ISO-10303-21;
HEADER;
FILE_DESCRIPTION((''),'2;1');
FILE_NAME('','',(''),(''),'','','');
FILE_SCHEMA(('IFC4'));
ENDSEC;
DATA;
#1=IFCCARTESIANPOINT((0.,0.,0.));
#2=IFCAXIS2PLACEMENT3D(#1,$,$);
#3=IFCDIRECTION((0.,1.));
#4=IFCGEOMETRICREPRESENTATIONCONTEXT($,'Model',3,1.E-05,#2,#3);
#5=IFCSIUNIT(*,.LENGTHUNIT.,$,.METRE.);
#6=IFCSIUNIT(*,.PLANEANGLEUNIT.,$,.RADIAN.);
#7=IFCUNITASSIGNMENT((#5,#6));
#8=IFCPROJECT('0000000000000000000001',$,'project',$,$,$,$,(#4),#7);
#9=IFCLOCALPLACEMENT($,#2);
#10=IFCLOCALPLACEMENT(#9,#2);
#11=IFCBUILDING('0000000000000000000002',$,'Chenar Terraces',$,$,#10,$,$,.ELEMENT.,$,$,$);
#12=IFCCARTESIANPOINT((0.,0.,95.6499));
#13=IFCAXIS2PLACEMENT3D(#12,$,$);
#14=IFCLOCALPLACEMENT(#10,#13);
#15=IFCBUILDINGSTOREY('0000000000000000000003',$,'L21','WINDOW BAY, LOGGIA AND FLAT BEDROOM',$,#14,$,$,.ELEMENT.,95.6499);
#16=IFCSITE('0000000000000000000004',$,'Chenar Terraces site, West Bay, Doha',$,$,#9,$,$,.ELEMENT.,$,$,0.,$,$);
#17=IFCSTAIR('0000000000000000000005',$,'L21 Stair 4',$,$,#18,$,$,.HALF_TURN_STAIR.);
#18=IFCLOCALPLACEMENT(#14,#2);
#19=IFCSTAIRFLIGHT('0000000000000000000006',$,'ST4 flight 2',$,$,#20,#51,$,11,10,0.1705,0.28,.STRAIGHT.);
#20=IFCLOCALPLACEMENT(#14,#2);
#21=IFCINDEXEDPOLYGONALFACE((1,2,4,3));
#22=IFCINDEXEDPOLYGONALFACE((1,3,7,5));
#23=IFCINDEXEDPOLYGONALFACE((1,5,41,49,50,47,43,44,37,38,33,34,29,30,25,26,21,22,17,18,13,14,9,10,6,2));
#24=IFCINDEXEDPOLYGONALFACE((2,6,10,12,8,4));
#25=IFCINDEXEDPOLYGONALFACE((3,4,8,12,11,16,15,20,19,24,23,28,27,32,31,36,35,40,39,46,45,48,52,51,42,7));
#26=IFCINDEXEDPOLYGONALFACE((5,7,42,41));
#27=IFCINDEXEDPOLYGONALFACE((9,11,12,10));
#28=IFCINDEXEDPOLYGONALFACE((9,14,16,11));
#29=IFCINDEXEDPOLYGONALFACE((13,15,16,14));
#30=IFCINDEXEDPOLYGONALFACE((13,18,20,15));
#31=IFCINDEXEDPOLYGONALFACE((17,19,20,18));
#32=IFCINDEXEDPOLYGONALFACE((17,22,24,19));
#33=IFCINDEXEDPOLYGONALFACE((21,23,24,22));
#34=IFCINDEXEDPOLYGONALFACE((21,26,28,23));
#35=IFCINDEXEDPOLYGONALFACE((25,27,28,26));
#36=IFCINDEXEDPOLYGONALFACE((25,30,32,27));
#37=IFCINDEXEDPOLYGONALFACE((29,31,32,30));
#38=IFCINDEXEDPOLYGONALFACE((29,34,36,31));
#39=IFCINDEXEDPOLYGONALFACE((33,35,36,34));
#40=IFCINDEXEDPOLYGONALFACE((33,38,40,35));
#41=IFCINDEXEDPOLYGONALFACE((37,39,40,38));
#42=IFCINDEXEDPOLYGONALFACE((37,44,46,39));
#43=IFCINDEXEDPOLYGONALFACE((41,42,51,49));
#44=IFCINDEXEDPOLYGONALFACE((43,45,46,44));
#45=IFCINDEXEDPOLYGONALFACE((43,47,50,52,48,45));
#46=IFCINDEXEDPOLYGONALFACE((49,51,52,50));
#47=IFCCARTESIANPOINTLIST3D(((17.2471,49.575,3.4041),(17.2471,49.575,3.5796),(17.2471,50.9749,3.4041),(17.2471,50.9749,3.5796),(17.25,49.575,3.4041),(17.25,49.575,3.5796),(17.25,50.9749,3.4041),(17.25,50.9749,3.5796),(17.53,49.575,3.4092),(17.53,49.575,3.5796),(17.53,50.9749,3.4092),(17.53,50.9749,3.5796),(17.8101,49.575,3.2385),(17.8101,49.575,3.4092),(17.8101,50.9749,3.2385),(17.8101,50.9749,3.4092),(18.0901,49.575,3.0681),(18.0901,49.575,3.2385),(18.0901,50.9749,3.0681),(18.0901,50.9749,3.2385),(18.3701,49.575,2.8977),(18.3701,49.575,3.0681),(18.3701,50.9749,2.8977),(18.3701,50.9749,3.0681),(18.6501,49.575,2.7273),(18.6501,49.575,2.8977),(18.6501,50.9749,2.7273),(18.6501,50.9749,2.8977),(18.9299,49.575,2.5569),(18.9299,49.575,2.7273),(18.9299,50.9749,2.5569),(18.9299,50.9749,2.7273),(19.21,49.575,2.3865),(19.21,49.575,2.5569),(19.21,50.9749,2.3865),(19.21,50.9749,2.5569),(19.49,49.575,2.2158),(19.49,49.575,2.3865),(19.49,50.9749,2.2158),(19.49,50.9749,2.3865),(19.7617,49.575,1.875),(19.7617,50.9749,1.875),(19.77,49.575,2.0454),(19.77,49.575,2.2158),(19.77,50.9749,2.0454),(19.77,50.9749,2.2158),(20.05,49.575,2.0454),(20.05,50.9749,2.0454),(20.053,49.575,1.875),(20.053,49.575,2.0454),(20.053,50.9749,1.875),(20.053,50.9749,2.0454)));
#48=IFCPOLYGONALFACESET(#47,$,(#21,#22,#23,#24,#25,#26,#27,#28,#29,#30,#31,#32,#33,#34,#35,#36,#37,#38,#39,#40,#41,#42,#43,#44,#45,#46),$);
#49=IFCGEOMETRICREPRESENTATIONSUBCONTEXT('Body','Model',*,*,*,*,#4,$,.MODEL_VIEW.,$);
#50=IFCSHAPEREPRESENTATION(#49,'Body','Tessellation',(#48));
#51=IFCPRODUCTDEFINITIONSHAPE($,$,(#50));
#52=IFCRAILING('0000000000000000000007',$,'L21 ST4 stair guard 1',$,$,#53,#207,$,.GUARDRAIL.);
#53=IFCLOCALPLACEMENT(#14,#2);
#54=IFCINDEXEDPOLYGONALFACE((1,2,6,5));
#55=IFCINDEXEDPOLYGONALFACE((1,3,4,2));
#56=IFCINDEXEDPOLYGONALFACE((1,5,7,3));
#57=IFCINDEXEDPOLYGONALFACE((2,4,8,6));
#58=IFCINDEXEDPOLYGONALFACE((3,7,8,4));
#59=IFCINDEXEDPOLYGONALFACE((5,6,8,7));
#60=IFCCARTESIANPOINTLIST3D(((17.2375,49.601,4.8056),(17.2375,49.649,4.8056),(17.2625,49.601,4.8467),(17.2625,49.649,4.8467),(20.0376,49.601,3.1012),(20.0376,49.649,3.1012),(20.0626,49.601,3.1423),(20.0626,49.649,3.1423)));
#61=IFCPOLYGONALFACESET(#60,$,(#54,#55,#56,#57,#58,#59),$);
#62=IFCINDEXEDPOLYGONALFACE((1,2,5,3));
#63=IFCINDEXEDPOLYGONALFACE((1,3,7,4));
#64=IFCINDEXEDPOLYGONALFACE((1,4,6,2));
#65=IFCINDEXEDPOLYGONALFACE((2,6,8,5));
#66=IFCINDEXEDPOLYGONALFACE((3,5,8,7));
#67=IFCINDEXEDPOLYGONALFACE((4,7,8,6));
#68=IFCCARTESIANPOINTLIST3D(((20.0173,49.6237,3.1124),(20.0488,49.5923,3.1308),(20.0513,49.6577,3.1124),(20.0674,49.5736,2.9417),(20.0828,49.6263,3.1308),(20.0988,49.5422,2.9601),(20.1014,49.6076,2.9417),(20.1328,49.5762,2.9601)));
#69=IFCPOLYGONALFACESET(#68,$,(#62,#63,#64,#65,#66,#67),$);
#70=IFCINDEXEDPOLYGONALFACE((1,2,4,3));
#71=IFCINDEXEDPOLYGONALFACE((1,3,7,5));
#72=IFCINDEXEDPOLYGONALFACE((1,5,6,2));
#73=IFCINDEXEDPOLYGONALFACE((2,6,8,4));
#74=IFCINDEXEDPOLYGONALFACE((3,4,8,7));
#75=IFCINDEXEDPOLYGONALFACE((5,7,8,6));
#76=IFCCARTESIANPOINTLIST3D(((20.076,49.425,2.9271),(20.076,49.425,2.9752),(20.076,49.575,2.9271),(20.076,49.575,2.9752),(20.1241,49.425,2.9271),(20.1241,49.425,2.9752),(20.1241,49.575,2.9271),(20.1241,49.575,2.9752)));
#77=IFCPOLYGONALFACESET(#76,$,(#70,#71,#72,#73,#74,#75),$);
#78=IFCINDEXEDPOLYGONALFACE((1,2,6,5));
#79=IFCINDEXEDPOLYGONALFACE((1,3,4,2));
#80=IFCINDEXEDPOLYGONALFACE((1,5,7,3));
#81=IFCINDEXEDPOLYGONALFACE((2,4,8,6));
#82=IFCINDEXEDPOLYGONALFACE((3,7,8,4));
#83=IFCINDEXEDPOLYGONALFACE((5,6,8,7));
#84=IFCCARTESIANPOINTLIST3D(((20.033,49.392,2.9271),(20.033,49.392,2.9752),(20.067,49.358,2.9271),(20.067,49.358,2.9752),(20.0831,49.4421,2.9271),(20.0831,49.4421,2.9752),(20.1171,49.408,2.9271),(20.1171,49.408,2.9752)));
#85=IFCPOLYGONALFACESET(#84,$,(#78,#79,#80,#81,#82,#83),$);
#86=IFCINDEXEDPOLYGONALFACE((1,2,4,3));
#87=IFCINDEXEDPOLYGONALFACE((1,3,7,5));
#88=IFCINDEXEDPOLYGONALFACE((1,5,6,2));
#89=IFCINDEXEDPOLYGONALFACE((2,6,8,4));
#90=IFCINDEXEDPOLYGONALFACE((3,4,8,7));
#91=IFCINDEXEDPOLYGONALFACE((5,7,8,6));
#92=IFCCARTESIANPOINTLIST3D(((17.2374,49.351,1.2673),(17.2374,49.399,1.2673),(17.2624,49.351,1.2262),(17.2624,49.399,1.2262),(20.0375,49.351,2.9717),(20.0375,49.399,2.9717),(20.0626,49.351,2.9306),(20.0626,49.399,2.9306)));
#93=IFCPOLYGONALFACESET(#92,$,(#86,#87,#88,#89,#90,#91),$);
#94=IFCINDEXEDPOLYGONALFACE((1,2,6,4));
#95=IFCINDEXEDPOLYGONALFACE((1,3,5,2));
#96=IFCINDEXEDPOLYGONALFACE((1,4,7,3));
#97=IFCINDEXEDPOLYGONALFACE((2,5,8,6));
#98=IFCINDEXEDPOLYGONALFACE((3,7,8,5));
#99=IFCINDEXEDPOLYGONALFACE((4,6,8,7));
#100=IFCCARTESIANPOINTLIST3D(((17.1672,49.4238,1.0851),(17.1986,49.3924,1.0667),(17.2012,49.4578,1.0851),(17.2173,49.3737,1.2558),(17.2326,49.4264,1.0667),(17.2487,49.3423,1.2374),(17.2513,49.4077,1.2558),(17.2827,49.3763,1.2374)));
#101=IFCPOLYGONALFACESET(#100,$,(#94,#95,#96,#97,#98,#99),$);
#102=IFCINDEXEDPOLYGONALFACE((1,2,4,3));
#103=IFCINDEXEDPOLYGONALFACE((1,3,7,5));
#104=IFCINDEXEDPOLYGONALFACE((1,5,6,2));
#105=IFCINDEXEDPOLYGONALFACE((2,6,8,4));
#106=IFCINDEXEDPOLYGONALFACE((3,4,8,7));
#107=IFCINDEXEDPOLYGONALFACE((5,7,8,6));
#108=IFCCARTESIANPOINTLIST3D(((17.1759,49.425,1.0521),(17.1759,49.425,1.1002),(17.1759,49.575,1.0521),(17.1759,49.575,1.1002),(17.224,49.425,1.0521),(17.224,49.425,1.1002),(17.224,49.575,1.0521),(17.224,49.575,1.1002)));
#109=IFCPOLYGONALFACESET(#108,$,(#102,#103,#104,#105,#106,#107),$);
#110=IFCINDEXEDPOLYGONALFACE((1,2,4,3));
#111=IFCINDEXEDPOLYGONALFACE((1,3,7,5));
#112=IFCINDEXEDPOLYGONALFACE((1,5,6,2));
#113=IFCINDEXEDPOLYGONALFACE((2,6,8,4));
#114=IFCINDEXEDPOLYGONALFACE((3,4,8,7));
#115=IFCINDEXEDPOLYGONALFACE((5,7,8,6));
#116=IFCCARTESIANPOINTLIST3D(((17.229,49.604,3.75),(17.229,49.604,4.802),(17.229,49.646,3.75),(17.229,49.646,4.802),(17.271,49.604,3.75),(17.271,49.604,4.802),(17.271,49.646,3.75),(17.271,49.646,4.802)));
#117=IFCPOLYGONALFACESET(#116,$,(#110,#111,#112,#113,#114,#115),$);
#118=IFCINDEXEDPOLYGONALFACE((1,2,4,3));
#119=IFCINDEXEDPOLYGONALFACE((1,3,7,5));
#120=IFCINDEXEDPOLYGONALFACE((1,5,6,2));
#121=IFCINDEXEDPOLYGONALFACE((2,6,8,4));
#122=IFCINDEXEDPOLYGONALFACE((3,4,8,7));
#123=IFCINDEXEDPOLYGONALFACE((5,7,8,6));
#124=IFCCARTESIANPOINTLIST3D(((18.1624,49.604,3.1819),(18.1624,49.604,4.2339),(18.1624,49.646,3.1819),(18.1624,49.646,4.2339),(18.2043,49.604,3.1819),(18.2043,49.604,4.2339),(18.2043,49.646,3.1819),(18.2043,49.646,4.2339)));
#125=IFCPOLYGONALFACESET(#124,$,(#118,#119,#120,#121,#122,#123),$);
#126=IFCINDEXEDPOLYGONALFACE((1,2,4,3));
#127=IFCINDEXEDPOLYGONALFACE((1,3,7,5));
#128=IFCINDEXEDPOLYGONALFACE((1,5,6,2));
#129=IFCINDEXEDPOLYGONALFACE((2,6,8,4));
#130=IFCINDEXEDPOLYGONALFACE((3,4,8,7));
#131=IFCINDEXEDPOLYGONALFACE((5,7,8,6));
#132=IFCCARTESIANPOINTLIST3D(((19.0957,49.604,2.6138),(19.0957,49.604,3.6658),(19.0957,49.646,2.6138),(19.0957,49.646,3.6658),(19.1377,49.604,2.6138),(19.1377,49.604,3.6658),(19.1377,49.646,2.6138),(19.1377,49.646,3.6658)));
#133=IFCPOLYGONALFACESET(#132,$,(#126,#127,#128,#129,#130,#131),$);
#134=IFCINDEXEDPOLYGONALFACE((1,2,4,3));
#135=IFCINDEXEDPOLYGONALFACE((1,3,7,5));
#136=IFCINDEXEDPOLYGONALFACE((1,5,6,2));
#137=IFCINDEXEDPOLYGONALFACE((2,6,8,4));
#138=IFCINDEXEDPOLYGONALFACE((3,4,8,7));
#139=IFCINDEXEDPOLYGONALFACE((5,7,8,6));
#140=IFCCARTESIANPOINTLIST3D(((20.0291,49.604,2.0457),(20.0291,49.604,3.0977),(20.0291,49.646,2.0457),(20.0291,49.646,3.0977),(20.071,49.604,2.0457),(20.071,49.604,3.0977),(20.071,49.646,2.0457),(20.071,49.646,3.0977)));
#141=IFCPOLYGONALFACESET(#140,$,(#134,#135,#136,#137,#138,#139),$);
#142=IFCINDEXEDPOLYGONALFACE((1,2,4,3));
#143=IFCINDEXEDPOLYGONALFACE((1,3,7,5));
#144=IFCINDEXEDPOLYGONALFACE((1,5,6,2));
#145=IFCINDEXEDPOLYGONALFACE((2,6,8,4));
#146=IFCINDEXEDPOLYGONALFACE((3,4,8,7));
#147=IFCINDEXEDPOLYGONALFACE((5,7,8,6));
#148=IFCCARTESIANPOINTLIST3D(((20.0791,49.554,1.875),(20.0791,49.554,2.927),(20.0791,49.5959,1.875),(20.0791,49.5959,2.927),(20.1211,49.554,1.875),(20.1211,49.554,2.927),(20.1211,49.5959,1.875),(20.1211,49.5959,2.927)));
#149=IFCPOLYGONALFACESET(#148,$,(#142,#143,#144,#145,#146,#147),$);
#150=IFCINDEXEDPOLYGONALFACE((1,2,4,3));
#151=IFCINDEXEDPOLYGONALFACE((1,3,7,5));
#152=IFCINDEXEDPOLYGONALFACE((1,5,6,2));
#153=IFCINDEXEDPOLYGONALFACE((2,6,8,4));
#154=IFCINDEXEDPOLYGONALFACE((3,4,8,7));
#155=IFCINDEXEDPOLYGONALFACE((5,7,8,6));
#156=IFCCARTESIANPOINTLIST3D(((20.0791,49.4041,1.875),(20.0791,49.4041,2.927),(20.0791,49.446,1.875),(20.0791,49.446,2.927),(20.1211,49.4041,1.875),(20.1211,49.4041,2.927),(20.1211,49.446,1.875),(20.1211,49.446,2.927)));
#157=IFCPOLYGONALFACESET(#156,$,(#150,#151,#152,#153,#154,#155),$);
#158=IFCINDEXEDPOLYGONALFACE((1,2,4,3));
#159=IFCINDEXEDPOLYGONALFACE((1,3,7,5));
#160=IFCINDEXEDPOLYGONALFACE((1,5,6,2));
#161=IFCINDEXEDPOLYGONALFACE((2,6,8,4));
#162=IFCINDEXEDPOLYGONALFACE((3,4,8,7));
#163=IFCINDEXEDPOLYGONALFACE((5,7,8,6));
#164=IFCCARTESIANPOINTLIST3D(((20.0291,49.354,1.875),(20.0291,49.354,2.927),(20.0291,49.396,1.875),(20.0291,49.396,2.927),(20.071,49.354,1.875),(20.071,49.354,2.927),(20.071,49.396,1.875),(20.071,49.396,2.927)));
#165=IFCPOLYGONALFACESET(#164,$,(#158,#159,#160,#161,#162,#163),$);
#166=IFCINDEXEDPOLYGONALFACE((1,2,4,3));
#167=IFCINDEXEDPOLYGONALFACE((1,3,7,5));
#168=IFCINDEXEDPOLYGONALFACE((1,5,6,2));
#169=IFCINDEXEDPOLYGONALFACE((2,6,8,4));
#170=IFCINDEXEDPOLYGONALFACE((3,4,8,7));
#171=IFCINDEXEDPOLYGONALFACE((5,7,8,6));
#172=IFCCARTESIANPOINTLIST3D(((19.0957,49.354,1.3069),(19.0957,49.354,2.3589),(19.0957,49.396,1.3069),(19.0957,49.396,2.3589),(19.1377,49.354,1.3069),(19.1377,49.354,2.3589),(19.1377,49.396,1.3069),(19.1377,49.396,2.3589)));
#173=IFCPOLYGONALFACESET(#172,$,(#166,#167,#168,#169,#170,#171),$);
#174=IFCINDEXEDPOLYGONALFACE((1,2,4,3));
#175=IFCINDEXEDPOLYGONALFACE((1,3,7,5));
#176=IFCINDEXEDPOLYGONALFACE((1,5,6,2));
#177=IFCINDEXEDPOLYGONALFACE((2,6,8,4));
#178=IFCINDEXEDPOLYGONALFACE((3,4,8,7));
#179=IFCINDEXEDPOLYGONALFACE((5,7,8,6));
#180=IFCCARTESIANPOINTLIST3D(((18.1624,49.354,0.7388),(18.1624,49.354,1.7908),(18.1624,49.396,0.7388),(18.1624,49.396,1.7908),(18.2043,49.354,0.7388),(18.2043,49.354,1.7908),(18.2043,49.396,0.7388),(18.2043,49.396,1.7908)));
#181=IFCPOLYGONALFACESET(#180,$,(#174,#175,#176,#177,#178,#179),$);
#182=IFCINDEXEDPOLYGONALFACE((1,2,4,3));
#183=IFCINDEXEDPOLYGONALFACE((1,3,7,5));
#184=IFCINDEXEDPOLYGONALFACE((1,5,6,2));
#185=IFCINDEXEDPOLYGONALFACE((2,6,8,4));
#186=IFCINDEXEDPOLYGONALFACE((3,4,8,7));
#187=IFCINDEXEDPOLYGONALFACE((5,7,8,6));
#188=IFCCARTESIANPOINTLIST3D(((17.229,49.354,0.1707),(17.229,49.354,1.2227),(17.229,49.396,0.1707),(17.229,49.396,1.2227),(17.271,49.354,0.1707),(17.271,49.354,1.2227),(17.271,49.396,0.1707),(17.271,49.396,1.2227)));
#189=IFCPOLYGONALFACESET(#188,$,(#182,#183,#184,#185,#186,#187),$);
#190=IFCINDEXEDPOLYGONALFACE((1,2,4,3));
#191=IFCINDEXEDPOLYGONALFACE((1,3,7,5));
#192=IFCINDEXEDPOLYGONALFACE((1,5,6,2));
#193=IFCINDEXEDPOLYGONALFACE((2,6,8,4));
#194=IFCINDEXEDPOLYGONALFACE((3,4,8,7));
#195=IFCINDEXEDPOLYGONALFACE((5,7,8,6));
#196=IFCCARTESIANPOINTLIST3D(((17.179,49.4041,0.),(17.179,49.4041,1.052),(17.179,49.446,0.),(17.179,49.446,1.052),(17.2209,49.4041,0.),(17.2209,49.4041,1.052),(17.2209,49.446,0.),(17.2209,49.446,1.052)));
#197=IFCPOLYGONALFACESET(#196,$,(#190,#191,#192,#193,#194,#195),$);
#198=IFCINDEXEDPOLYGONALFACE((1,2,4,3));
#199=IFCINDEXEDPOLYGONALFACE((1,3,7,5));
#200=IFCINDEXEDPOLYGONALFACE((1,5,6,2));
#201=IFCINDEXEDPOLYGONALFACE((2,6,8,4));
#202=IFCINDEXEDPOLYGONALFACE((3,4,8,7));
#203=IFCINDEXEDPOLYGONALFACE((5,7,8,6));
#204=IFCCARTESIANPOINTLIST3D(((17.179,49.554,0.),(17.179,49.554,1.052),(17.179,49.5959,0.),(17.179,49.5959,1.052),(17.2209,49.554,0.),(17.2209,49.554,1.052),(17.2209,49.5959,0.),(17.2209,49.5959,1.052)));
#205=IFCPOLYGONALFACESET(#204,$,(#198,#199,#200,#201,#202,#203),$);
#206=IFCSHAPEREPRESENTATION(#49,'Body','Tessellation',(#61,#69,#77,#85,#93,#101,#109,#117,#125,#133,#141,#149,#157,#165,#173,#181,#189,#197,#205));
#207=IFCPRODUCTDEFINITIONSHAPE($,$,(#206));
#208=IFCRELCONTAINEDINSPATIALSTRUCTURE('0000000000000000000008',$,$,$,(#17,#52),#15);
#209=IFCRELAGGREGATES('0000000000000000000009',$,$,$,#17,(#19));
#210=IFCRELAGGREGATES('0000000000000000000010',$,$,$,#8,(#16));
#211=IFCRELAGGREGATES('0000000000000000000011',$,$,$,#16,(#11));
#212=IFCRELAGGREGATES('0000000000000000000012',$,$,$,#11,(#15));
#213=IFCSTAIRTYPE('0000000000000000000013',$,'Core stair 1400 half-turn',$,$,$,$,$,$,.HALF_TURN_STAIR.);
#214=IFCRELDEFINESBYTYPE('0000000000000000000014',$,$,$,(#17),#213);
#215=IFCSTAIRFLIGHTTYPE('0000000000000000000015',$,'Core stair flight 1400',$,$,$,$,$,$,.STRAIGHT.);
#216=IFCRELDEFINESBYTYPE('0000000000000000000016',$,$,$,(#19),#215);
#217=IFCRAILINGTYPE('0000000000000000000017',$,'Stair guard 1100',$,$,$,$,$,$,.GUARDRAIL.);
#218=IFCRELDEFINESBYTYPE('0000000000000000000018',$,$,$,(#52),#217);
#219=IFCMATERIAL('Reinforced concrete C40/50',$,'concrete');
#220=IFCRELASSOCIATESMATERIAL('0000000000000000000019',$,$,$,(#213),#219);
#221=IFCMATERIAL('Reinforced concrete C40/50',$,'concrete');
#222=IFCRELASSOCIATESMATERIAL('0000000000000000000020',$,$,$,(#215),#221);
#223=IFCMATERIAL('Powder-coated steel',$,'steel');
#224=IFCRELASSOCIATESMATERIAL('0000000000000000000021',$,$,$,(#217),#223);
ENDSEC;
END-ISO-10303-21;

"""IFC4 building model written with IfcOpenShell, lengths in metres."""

from ifc_helpers import new_model, si_unit, direction, frame, origin, origin_2d, place, context, subcontext, project, spatial, polyline, rectangle, outline, extrude, material, type_object, element, aggregate, save


model = new_model("IFC4")

# Units and contexts
model_context = context("Model", 3, precision=1e-05, world=origin(), true_north=direction((0.0, 1.0)))
body_context = subcontext(model_context, "Body", "Model", "MODEL_VIEW")
ifc_project = project(units=[si_unit("LENGTHUNIT", "METRE"), si_unit("PLANEANGLEUNIT", "RADIAN")], contexts=[model_context])

# Site, building, storey
site_placement = place(None, origin())
site = spatial("IfcSite", under=ifc_project, at=site_placement, Name="Chenar Terraces site, West Bay, Doha", CompositionType="ELEMENT", RefElevation=0.0)
building_placement = place(site_placement, origin())
building = spatial("IfcBuilding", under=site, at=building_placement, Name="Chenar Terraces", CompositionType="ELEMENT")
storey_placement = place(building_placement, frame((0.0, 0.0, 95.6499)))
storey = spatial("IfcBuildingStorey", under=building, at=storey_placement, Name="L21", Description="WINDOW BAY, LOGGIA AND FLAT BEDROOM", CompositionType="ELEMENT", Elevation=95.6499)

# Stair, stair flight
ifc_material_1 = material(Name="Reinforced concrete C40/50", Category="concrete")
stair_type = type_object("IfcStairType", Name="Core stair 1400 half-turn", PredefinedType="HALF_TURN_STAIR", material=ifc_material_1)
stair_placement = place(storey_placement, origin())
stair = element("IfcStair", 1, at=stair_placement, inside=storey, type_object=stair_type, Name="L21 Stair 4", PredefinedType="HALF_TURN_STAIR")
ifc_material_2 = material(Name="Reinforced concrete C40/50", Category="concrete")
stair_flight_type = type_object("IfcStairFlightType", Name="Core stair flight 1400", PredefinedType="STRAIGHT", material=ifc_material_2)
stair_flight_placement = place(storey_placement, frame((20.05, 50.2749, 1.875), z_axis=(0.0, 0.0, 1.0), x_axis=(-1.0, 0.0, 0.0)))
stair_flight = element("IfcStairFlight", 2, at=stair_flight_placement, type_object=stair_flight_type, Name="ST4 flight 2", NumberOfRisers=11, NumberOfTreads=10, PredefinedType="STRAIGHT", RiserHeight=0.1705, TreadLength=0.28, context=body_context, shape_type="SweptSolid", body=[
    extrude(outline(polyline([(-0.0029, 0.0), (-0.0029, 0.1704), (0.0, 0.1704), (0.28, 0.1704), (0.28, 0.3408), (0.5601, 0.3408), (0.5601, 0.5115), (0.8401, 0.5115), (0.8401, 0.6819), (1.1201, 0.6819), (1.1201, 0.8523), (1.3999, 0.8523), (1.3999, 1.0227), (1.6799, 1.0227), (1.6799, 1.1931), (1.96, 1.1931), (1.96, 1.3635), (2.24, 1.3635), (2.24, 1.5342), (2.52, 1.5342), (2.52, 1.7046), (2.8, 1.7046), (2.803, 1.7046), (2.803, 1.5291), (2.8, 1.5291), (0.2883, 0.0), (-0.0029, 0.0)])), frame((0.0, 0.7, 0.0), z_axis=(0.0, -1.0, 0.0), x_axis=(1.0, 0.0, 0.0)), (0.0, 0.0, 1.0), 1.3999),
])
aggregate(stair, [stair_flight])

# Railing
ifc_material_3 = material(Name="Powder-coated steel", Category="steel")
railing_type_1 = type_object("IfcRailingType", Name="Stair guard 1100", PredefinedType="GUARDRAIL", material=ifc_material_3)
railing_1_placement = place(storey_placement, frame((17.25, 49.625, 3.75)))
element("IfcRailing", 3, at=railing_1_placement, inside=storey, type_object=railing_type_1, Name="L21 ST4 stair guard 1", PredefinedType="GUARDRAIL", context=body_context, shape_type="SweptSolid", body=[
    extrude(rectangle(XDim=0.0481, YDim=0.0481, at=origin_2d()), frame((0.0, 0.0, 1.0762), z_axis=(0.854203, 0.0, -0.51994), x_axis=(0.0, 1.0, 0.0)), (0.0, 0.0, 1.0), 3.2781),
    extrude(rectangle(XDim=0.0481, YDim=0.0481, at=origin_2d()), frame((2.8, 0.0, -0.6284), z_axis=(0.2709, -0.2709, -0.923703), x_axis=(0.707107, 0.707107, 0.0)), (0.0, 0.0, 1.0), 0.1848),
    extrude(rectangle(XDim=0.0481, YDim=0.0481, at=origin_2d()), frame((2.8501, -0.05, -0.7988), z_axis=(0.0, -1.0, 0.0), x_axis=(1.0, 0.0, 0.0)), (0.0, 0.0, 1.0), 0.1499),
    extrude(rectangle(XDim=0.0481, YDim=0.0481, at=origin_2d()), frame((2.8501, -0.2, -0.7988), z_axis=(-0.707107, -0.707107, 0.0), x_axis=(0.707107, -0.707107, 0.0)), (0.0, 0.0, 1.0), 0.0708),
    extrude(rectangle(XDim=0.0481, YDim=0.0481, at=origin_2d()), frame((2.8, -0.25, -0.7988), z_axis=(-0.854203, 0.0, -0.51994), x_axis=(0.0, -1.0, 0.0)), (0.0, 0.0, 1.0), 3.2781),
    extrude(rectangle(XDim=0.0481, YDim=0.0481, at=origin_2d()), frame((0.0, -0.25, -2.5034), z_axis=(-0.2709, 0.2709, -0.923703), x_axis=(-0.707107, -0.707107, 0.0)), (0.0, 0.0, 1.0), 0.1848),
    extrude(rectangle(XDim=0.0481, YDim=0.0481, at=origin_2d()), frame((-0.05, -0.2, -2.6738), z_axis=(0.0, 1.0, 0.0), x_axis=(-1.0, 0.0, 0.0)), (0.0, 0.0, 1.0), 0.1499),
    extrude(rectangle(XDim=0.042, YDim=0.042, at=origin_2d()), origin(), (0.0, 0.0, 1.0), 1.052),
    extrude(rectangle(XDim=0.042, YDim=0.042, at=origin_2d()), frame((0.9333, 0.0, -0.5681)), (0.0, 0.0, 1.0), 1.052),
    extrude(rectangle(XDim=0.042, YDim=0.042, at=origin_2d()), frame((1.8667, 0.0, -1.1362)), (0.0, 0.0, 1.0), 1.052),
    extrude(rectangle(XDim=0.042, YDim=0.042, at=origin_2d()), frame((2.8, 0.0, -1.7043)), (0.0, 0.0, 1.0), 1.052),
    extrude(rectangle(XDim=0.042, YDim=0.042, at=origin_2d()), frame((2.8501, -0.05, -1.875)), (0.0, 0.0, 1.0), 1.052),
    extrude(rectangle(XDim=0.042, YDim=0.042, at=origin_2d()), frame((2.8501, -0.2, -1.875)), (0.0, 0.0, 1.0), 1.052),
    extrude(rectangle(XDim=0.042, YDim=0.042, at=origin_2d()), frame((2.8, -0.25, -1.875)), (0.0, 0.0, 1.0), 1.052),
    extrude(rectangle(XDim=0.042, YDim=0.042, at=origin_2d()), frame((1.8667, -0.25, -2.4431)), (0.0, 0.0, 1.0), 1.052),
    extrude(rectangle(XDim=0.042, YDim=0.042, at=origin_2d()), frame((0.9333, -0.25, -3.0112)), (0.0, 0.0, 1.0), 1.052),
    extrude(rectangle(XDim=0.042, YDim=0.042, at=origin_2d()), frame((0.0, -0.25, -3.5793)), (0.0, 0.0, 1.0), 1.052),
    extrude(rectangle(XDim=0.042, YDim=0.042, at=origin_2d()), frame((-0.05, -0.2, -3.75)), (0.0, 0.0, 1.0), 1.052),
    extrude(rectangle(XDim=0.042, YDim=0.042, at=origin_2d()), frame((-0.05, -0.05, -3.75)), (0.0, 0.0, 1.0), 1.052),
])

save(model, "model.ifc")
